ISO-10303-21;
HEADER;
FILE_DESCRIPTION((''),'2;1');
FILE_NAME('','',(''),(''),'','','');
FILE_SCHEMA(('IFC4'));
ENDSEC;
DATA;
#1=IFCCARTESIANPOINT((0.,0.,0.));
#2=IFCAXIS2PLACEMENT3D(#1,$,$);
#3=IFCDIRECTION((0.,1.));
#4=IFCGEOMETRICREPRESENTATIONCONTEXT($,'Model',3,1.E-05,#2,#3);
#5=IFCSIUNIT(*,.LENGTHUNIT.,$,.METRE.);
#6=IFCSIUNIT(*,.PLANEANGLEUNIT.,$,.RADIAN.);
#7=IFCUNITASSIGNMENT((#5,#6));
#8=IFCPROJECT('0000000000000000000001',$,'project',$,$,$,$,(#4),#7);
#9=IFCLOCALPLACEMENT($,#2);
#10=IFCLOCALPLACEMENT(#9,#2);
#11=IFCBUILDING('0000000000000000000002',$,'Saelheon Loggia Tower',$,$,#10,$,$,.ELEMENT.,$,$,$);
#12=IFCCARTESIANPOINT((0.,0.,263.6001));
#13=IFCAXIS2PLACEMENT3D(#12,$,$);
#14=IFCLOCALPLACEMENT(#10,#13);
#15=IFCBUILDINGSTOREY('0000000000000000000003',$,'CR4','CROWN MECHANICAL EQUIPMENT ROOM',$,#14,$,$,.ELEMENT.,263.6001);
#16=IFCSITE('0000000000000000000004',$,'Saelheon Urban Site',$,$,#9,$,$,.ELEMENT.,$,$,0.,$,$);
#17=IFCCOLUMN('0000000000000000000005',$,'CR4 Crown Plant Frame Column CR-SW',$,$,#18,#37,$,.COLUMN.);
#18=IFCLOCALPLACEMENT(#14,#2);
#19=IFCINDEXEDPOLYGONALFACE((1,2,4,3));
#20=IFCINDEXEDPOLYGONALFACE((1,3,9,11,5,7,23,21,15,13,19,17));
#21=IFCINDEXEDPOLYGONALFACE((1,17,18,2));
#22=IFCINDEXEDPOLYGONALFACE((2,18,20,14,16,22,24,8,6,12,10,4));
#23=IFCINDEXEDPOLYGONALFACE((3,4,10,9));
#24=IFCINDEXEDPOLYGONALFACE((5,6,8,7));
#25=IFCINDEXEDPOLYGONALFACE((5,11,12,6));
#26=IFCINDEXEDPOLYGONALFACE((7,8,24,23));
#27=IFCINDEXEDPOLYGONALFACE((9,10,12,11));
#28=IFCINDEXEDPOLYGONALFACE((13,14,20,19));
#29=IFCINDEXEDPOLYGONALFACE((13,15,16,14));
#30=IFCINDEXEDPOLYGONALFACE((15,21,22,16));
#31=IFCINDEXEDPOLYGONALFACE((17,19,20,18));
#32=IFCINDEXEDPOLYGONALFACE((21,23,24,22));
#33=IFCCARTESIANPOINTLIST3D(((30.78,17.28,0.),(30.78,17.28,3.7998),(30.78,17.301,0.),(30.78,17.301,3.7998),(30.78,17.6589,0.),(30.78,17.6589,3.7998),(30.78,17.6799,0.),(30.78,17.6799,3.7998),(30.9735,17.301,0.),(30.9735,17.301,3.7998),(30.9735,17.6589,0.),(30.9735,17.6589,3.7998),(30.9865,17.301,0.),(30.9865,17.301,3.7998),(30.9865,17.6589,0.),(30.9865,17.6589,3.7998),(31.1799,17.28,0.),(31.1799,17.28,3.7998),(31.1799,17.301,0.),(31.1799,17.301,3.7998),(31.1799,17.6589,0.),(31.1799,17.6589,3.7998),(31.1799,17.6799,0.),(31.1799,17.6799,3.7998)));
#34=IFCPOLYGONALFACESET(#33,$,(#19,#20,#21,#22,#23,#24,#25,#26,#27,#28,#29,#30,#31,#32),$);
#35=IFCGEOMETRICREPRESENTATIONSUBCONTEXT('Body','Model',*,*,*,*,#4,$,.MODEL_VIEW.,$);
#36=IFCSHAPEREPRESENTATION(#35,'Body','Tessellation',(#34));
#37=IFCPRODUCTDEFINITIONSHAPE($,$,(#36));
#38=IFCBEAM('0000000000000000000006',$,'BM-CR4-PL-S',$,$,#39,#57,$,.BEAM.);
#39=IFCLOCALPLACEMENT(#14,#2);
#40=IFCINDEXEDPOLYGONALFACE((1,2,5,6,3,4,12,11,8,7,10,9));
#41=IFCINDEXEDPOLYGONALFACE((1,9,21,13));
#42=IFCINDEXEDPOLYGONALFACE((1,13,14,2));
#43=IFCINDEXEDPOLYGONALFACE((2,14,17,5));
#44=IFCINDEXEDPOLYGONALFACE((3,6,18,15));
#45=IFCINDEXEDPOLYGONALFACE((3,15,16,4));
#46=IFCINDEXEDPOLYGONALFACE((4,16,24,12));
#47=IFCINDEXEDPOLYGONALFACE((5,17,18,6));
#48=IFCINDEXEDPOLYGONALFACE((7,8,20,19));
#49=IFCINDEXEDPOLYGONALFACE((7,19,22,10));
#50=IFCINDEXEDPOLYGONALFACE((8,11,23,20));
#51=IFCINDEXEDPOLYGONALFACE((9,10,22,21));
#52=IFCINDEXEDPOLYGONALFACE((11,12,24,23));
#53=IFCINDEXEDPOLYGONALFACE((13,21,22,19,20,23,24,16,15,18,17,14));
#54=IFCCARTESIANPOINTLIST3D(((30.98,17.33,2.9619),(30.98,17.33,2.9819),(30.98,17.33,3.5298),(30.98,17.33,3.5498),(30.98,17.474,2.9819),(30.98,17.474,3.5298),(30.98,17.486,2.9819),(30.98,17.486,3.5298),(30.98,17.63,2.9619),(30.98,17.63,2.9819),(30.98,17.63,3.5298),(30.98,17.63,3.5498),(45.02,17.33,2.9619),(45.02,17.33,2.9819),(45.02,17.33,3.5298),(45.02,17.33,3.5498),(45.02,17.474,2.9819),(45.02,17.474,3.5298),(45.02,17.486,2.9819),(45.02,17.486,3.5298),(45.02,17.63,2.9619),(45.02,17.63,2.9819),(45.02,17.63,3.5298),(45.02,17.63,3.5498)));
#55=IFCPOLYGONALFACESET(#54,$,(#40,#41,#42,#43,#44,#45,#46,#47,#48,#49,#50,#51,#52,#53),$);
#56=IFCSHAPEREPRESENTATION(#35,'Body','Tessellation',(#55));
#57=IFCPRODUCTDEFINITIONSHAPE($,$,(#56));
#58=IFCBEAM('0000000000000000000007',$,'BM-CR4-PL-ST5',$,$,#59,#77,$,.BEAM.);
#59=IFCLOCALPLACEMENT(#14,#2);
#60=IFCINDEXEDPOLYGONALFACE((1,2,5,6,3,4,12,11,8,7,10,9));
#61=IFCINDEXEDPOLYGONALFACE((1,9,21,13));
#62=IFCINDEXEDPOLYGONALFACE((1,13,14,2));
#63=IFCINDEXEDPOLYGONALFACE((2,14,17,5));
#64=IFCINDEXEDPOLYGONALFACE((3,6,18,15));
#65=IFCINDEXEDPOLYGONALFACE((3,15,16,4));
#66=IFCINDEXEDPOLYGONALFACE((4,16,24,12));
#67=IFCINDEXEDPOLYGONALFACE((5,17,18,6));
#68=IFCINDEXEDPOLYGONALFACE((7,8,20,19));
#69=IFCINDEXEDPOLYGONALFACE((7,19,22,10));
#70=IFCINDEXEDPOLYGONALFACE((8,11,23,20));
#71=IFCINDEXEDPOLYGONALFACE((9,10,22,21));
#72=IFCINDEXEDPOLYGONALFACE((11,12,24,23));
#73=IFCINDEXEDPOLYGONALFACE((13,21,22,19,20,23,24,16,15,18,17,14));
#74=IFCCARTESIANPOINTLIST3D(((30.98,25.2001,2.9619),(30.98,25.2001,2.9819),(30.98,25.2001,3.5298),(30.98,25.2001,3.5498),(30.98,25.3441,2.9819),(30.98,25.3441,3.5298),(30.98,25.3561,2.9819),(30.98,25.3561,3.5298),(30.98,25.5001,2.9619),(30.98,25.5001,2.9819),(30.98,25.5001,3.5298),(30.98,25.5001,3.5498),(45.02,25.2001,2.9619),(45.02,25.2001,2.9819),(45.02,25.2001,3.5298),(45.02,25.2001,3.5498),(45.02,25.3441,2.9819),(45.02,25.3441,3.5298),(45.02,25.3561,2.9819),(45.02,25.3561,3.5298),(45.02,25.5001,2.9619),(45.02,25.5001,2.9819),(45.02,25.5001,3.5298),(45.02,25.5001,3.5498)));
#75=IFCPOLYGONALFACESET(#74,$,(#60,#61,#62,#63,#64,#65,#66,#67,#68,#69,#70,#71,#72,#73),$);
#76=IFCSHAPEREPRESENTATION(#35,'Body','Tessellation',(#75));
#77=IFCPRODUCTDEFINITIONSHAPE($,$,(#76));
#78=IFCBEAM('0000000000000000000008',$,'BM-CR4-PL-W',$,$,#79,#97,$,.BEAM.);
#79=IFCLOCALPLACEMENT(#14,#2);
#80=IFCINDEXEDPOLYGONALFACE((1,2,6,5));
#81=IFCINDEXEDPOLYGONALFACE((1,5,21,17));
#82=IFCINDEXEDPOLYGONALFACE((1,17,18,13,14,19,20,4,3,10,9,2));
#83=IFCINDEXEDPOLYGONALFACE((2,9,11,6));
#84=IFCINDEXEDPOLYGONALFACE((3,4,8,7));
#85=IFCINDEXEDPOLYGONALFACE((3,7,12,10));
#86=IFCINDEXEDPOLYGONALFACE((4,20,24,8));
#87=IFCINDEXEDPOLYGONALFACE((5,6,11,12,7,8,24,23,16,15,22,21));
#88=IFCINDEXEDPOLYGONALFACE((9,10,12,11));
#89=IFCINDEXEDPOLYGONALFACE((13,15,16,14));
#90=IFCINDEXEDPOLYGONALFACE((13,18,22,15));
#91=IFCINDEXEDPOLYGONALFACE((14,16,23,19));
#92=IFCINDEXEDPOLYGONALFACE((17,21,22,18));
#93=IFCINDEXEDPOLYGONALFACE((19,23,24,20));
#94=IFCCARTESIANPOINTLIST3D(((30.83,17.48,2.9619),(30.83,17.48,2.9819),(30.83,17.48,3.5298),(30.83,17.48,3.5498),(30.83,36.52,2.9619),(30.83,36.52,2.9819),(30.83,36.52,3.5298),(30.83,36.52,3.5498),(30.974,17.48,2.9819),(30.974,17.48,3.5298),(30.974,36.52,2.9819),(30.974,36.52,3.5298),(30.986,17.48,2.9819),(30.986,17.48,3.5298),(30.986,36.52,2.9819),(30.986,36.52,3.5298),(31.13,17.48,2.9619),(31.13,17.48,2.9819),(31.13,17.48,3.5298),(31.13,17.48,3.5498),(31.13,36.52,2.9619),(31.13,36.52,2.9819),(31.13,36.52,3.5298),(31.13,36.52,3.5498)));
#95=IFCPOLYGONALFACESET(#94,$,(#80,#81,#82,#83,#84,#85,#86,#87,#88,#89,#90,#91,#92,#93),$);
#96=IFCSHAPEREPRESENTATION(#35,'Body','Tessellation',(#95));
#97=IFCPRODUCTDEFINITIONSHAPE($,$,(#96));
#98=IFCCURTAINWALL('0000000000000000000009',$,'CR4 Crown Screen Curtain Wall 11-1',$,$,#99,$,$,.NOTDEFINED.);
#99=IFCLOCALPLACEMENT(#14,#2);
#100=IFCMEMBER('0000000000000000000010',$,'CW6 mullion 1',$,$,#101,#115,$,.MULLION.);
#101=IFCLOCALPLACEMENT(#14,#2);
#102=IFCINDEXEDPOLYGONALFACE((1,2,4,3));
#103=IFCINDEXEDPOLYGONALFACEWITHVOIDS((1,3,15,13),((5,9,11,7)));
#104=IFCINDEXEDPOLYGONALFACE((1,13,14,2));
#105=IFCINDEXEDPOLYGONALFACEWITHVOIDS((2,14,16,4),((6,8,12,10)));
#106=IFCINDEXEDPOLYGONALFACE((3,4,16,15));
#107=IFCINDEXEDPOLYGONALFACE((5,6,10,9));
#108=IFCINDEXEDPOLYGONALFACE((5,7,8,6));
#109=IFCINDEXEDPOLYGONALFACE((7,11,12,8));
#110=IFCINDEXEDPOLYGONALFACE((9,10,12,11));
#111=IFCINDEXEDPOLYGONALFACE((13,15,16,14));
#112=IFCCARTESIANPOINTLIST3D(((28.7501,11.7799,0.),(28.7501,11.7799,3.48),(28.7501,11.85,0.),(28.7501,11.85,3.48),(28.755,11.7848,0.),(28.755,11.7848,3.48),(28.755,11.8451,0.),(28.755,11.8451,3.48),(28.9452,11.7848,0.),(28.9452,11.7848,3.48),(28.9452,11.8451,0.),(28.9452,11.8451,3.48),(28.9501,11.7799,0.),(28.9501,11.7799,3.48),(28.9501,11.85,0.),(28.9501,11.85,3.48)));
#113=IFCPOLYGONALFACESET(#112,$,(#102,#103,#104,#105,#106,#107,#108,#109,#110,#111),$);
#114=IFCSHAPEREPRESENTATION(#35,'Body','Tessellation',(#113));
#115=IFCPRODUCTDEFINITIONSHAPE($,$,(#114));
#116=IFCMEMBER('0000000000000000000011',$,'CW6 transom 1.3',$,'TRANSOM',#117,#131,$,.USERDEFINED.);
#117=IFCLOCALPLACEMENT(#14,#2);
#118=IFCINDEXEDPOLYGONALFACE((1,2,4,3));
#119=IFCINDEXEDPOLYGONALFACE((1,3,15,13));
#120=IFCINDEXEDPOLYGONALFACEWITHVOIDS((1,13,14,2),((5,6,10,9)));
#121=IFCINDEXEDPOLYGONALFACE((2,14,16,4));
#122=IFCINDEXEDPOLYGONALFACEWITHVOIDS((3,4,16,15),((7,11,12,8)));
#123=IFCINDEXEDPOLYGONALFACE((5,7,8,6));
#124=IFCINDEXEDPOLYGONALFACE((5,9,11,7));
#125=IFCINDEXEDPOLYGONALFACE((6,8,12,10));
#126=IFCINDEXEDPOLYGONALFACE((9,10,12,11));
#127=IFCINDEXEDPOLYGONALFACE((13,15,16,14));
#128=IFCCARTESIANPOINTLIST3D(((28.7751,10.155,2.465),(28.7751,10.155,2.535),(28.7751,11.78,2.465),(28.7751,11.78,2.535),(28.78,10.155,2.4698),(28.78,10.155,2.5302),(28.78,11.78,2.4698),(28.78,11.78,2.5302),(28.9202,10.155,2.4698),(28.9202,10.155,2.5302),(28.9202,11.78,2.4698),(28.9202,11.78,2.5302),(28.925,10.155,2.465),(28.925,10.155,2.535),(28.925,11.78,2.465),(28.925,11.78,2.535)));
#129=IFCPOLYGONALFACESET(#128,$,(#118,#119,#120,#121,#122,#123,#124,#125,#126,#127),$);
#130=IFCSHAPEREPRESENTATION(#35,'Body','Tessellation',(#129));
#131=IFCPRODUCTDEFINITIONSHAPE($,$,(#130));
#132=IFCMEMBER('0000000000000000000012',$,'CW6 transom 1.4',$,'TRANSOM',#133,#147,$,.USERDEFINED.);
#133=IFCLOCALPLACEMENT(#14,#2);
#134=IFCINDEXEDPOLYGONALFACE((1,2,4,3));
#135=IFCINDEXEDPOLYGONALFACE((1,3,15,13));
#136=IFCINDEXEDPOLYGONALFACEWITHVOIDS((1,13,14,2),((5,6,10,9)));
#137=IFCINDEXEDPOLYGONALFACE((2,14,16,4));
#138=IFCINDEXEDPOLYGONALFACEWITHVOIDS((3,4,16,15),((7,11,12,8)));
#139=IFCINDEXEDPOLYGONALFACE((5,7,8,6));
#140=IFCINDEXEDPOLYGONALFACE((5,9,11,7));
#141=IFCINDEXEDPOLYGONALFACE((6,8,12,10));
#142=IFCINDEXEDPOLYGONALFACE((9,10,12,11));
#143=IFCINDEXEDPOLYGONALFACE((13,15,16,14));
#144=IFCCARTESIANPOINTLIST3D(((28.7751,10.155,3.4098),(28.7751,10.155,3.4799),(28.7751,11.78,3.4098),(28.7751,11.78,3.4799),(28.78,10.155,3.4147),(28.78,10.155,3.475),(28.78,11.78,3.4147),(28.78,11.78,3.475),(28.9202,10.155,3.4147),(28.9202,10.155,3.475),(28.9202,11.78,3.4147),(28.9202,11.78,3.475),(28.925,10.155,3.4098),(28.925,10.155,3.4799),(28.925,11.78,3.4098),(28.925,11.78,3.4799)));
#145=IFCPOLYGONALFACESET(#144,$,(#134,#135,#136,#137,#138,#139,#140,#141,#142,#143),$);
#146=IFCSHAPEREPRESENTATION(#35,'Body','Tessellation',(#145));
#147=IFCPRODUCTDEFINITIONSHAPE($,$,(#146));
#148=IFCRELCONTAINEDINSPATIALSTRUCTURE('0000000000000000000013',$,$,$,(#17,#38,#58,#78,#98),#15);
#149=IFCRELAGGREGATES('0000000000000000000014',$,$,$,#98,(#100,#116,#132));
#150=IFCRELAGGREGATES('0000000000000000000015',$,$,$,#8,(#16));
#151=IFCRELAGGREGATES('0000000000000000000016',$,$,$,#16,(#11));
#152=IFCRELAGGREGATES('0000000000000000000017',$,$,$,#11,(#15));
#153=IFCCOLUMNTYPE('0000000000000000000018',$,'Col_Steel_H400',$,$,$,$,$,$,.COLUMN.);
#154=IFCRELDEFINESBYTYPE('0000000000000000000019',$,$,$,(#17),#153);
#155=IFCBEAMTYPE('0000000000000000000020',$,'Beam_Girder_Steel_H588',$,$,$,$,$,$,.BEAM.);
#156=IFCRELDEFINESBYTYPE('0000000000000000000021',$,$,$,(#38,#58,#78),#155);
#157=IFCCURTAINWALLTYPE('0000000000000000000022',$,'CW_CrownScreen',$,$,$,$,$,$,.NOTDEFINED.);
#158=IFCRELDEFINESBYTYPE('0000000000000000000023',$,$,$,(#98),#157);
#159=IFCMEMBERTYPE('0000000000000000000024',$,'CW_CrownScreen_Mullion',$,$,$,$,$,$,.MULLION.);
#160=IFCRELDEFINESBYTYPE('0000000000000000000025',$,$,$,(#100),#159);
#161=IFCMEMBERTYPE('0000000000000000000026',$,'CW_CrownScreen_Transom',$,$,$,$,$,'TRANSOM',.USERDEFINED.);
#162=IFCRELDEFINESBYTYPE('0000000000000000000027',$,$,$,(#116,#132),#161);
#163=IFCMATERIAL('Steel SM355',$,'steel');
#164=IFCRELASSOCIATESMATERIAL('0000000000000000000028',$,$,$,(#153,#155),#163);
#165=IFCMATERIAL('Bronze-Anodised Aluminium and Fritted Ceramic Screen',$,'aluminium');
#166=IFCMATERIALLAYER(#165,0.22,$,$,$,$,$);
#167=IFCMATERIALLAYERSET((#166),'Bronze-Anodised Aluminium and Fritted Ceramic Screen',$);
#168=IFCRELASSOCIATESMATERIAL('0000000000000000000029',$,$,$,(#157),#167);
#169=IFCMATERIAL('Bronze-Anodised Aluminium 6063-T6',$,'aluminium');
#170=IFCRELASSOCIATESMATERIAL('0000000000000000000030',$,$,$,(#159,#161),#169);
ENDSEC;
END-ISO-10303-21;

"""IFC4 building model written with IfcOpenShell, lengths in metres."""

from ifc_helpers import new_model, si_unit, direction, frame, origin, origin_2d, place, context, subcontext, project, spatial, hollow_rectangle, i_section, extrude, source, transform, mapped, material, layer, layer_set, material_profile, profile_set, type_object, element, aggregate, save


model = new_model("IFC4")

# Units and contexts
model_context = context("Model", 3, precision=1e-05, world=origin(), true_north=direction((0.0, 1.0)))
body_context = subcontext(model_context, "Body", "Model", "MODEL_VIEW")
ifc_project = project(units=[si_unit("LENGTHUNIT", "METRE"), si_unit("PLANEANGLEUNIT", "RADIAN")], contexts=[model_context])

# Site, building, storey
site_placement = place(None, origin())
site = spatial("IfcSite", under=ifc_project, at=site_placement, Name="Saelheon Urban Site", CompositionType="ELEMENT", RefElevation=0.0)
building_placement = place(site_placement, origin())
building = spatial("IfcBuilding", under=site, at=building_placement, Name="Saelheon Loggia Tower", CompositionType="ELEMENT")
storey_placement = place(building_placement, frame((0.0, 0.0, 263.6001)))
storey = spatial("IfcBuildingStorey", under=building, at=storey_placement, Name="CR4", Description="CROWN MECHANICAL EQUIPMENT ROOM", CompositionType="ELEMENT", Elevation=263.6001)

# Column
ifc_material_1 = material(Name="Steel SM355", Category="steel")
ifc_material_profile_1 = material_profile(ifc_material_1, i_section(OverallWidth=0.3999, OverallDepth=0.3999, WebThickness=0.0129, FlangeThickness=0.021, at=origin_2d()), Name="H-400x400x13x21")
ifc_profile_set_1 = profile_set([ifc_material_profile_1], Name="Steel SM355")
column_type = type_object("IfcColumnType", Name="Col_Steel_H400", PredefinedType="COLUMN", material=ifc_profile_set_1)
shared_shape_1 = source(origin(), body_context, "Body", "SweptSolid", [
    extrude(i_section(OverallWidth=0.3999, OverallDepth=0.3999, WebThickness=0.0129, FlangeThickness=0.021, at=origin_2d()), origin(), (0.0, 0.0, 1.0), 3.7998),
])
column_placement = place(storey_placement, frame((30.98, 17.48, 0.0), z_axis=(0.0, 0.0, 1.0), x_axis=(1.0, 0.0, 0.0)))
element("IfcColumn", 1, at=column_placement, inside=storey, type_object=column_type, Name="CR4 Crown Plant Frame Column CR-SW", PredefinedType="COLUMN", context=body_context, shape_type="MappedRepresentation", body=[
    mapped(shared_shape_1, transform((0.0, 0.0, 0.0), scale=1.0)),
])

# Beams
ifc_material_profile_2 = material_profile(ifc_material_1, i_section(OverallWidth=0.3, OverallDepth=0.5879, WebThickness=0.012, FlangeThickness=0.02, at=origin_2d()), Name="H-588x300x12x20")
ifc_profile_set_2 = profile_set([ifc_material_profile_2], Name="Steel SM355")
beam_type = type_object("IfcBeamType", Name="Beam_Girder_Steel_H588", PredefinedType="BEAM", material=ifc_profile_set_2)
shared_shape_2 = source(origin(), body_context, "Body", "SweptSolid", [
    extrude(i_section(OverallWidth=0.3, OverallDepth=0.5879, WebThickness=0.012, FlangeThickness=0.02, at=origin_2d()), origin(), (0.0, 0.0, 1.0), 14.04),
])
for number, where, z_axis, x_axis, name in (
    (2, (30.98, 17.48, 3.2559), (1.0, 0.0, 0.0), (0.0, 1.0, 0.0), "BM-CR4-PL-S"),
    (3, (30.98, 25.3501, 3.2559), (1.0, 0.0, 0.0), (0.0, 1.0, 0.0), "BM-CR4-PL-ST5"),
):
    element("IfcBeam", number, at=place(storey_placement, frame(where, z_axis=z_axis, x_axis=x_axis)), inside=storey, type_object=beam_type, Name=name, PredefinedType="BEAM", context=body_context, shape_type="MappedRepresentation", body=[
        mapped(shared_shape_2, transform((0.0, 0.0, 0.0), scale=1.0)),
    ])
shared_shape_3 = source(origin(), body_context, "Body", "SweptSolid", [
    extrude(i_section(OverallWidth=0.3, OverallDepth=0.5879, WebThickness=0.012, FlangeThickness=0.02, at=origin_2d()), origin(), (0.0, 0.0, 1.0), 19.04),
])
beam_placement = place(storey_placement, frame((30.98, 17.48, 3.2559), z_axis=(0.0, 1.0, 0.0), x_axis=(-1.0, 0.0, 0.0)))
element("IfcBeam", 4, at=beam_placement, inside=storey, type_object=beam_type, Name="BM-CR4-PL-W", PredefinedType="BEAM", context=body_context, shape_type="MappedRepresentation", body=[
    mapped(shared_shape_3, transform((0.0, 0.0, 0.0), scale=1.0)),
])

# Curtain wall, members
ifc_material_2 = material(Name="Bronze-Anodised Aluminium and Fritted Ceramic Screen", Category="aluminium")
ifc_layer_1 = layer(ifc_material_2, 0.22)
ifc_layer_set_1 = layer_set([ifc_layer_1], Name="Bronze-Anodised Aluminium and Fritted Ceramic Screen")
curtain_wall_type = type_object("IfcCurtainWallType", Name="CW_CrownScreen", PredefinedType="NOTDEFINED", material=ifc_layer_set_1)
curtain_wall_placement = place(storey_placement, origin())
curtain_wall = element("IfcCurtainWall", 5, at=curtain_wall_placement, inside=storey, type_object=curtain_wall_type, Name="CR4 Crown Screen Curtain Wall 11-1", PredefinedType="NOTDEFINED")
ifc_material_3 = material(Name="Bronze-Anodised Aluminium 6063-T6", Category="aluminium")
ifc_material_profile_3 = material_profile(ifc_material_3, hollow_rectangle(XDim=0.0701, YDim=0.2, WallThickness=0.0049, at=origin_2d()), Name="RHS-200x70x5")
ifc_profile_set_3 = profile_set([ifc_material_profile_3], Name="Bronze-Anodised Aluminium 6063-T6")
member_type_1 = type_object("IfcMemberType", Name="CW_CrownScreen_Mullion", PredefinedType="MULLION", material=ifc_profile_set_3)
shared_shape_4 = source(origin(), body_context, "Body", "SweptSolid", [
    extrude(hollow_rectangle(XDim=0.0701, YDim=0.2, WallThickness=0.0049, at=origin_2d()), origin(), (0.0, 0.0, 1.0), 3.48),
])
member_1_placement = place(storey_placement, frame((28.8501, 11.8149, 0.0), z_axis=(0.0, 0.0, 1.0), x_axis=(0.0, -1.0, 0.0)))
member_1 = element("IfcMember", 6, at=member_1_placement, type_object=member_type_1, Name="CW6 mullion 1", PredefinedType="MULLION", context=body_context, shape_type="MappedRepresentation", body=[
    mapped(shared_shape_4, transform((0.0, 0.0, 0.0), scale=1.0)),
])
ifc_material_profile_4 = material_profile(ifc_material_3, hollow_rectangle(XDim=0.0701, YDim=0.1499, WallThickness=0.0049, at=origin_2d()), Name="RHS-150x70x5")
ifc_profile_set_4 = profile_set([ifc_material_profile_4], Name="Bronze-Anodised Aluminium 6063-T6")
member_type_2 = type_object("IfcMemberType", Name="CW_CrownScreen_Transom", ElementType="TRANSOM", PredefinedType="USERDEFINED", material=ifc_profile_set_4)
shared_shape_5 = source(origin(), body_context, "Body", "SweptSolid", [
    extrude(hollow_rectangle(XDim=0.0701, YDim=0.1499, WallThickness=0.0049, at=origin_2d()), origin(), (0.0, 0.0, 1.0), 1.625),
])
member_2_placement = place(storey_placement, frame((28.8501, 11.78, 2.5), z_axis=(0.0, -1.0, 0.0), x_axis=(0.0, 0.0, 1.0)))
member_2 = element("IfcMember", 7, at=member_2_placement, type_object=member_type_2, Name="CW6 transom 1.3", ObjectType="TRANSOM", PredefinedType="USERDEFINED", context=body_context, shape_type="MappedRepresentation", body=[
    mapped(shared_shape_5, transform((0.0, 0.0, 0.0), scale=1.0)),
])
member_3_placement = place(storey_placement, frame((28.8501, 11.78, 3.4448), z_axis=(0.0, -1.0, 0.0), x_axis=(0.0, 0.0, 1.0)))
member_3 = element("IfcMember", 8, at=member_3_placement, type_object=member_type_2, Name="CW6 transom 1.4", ObjectType="TRANSOM", PredefinedType="USERDEFINED", context=body_context, shape_type="MappedRepresentation", body=[
    mapped(shared_shape_5, transform((0.0, 0.0, 0.0), scale=1.0)),
])
aggregate(curtain_wall, [member_1, member_2, member_3])

save(model, "model.ifc")
